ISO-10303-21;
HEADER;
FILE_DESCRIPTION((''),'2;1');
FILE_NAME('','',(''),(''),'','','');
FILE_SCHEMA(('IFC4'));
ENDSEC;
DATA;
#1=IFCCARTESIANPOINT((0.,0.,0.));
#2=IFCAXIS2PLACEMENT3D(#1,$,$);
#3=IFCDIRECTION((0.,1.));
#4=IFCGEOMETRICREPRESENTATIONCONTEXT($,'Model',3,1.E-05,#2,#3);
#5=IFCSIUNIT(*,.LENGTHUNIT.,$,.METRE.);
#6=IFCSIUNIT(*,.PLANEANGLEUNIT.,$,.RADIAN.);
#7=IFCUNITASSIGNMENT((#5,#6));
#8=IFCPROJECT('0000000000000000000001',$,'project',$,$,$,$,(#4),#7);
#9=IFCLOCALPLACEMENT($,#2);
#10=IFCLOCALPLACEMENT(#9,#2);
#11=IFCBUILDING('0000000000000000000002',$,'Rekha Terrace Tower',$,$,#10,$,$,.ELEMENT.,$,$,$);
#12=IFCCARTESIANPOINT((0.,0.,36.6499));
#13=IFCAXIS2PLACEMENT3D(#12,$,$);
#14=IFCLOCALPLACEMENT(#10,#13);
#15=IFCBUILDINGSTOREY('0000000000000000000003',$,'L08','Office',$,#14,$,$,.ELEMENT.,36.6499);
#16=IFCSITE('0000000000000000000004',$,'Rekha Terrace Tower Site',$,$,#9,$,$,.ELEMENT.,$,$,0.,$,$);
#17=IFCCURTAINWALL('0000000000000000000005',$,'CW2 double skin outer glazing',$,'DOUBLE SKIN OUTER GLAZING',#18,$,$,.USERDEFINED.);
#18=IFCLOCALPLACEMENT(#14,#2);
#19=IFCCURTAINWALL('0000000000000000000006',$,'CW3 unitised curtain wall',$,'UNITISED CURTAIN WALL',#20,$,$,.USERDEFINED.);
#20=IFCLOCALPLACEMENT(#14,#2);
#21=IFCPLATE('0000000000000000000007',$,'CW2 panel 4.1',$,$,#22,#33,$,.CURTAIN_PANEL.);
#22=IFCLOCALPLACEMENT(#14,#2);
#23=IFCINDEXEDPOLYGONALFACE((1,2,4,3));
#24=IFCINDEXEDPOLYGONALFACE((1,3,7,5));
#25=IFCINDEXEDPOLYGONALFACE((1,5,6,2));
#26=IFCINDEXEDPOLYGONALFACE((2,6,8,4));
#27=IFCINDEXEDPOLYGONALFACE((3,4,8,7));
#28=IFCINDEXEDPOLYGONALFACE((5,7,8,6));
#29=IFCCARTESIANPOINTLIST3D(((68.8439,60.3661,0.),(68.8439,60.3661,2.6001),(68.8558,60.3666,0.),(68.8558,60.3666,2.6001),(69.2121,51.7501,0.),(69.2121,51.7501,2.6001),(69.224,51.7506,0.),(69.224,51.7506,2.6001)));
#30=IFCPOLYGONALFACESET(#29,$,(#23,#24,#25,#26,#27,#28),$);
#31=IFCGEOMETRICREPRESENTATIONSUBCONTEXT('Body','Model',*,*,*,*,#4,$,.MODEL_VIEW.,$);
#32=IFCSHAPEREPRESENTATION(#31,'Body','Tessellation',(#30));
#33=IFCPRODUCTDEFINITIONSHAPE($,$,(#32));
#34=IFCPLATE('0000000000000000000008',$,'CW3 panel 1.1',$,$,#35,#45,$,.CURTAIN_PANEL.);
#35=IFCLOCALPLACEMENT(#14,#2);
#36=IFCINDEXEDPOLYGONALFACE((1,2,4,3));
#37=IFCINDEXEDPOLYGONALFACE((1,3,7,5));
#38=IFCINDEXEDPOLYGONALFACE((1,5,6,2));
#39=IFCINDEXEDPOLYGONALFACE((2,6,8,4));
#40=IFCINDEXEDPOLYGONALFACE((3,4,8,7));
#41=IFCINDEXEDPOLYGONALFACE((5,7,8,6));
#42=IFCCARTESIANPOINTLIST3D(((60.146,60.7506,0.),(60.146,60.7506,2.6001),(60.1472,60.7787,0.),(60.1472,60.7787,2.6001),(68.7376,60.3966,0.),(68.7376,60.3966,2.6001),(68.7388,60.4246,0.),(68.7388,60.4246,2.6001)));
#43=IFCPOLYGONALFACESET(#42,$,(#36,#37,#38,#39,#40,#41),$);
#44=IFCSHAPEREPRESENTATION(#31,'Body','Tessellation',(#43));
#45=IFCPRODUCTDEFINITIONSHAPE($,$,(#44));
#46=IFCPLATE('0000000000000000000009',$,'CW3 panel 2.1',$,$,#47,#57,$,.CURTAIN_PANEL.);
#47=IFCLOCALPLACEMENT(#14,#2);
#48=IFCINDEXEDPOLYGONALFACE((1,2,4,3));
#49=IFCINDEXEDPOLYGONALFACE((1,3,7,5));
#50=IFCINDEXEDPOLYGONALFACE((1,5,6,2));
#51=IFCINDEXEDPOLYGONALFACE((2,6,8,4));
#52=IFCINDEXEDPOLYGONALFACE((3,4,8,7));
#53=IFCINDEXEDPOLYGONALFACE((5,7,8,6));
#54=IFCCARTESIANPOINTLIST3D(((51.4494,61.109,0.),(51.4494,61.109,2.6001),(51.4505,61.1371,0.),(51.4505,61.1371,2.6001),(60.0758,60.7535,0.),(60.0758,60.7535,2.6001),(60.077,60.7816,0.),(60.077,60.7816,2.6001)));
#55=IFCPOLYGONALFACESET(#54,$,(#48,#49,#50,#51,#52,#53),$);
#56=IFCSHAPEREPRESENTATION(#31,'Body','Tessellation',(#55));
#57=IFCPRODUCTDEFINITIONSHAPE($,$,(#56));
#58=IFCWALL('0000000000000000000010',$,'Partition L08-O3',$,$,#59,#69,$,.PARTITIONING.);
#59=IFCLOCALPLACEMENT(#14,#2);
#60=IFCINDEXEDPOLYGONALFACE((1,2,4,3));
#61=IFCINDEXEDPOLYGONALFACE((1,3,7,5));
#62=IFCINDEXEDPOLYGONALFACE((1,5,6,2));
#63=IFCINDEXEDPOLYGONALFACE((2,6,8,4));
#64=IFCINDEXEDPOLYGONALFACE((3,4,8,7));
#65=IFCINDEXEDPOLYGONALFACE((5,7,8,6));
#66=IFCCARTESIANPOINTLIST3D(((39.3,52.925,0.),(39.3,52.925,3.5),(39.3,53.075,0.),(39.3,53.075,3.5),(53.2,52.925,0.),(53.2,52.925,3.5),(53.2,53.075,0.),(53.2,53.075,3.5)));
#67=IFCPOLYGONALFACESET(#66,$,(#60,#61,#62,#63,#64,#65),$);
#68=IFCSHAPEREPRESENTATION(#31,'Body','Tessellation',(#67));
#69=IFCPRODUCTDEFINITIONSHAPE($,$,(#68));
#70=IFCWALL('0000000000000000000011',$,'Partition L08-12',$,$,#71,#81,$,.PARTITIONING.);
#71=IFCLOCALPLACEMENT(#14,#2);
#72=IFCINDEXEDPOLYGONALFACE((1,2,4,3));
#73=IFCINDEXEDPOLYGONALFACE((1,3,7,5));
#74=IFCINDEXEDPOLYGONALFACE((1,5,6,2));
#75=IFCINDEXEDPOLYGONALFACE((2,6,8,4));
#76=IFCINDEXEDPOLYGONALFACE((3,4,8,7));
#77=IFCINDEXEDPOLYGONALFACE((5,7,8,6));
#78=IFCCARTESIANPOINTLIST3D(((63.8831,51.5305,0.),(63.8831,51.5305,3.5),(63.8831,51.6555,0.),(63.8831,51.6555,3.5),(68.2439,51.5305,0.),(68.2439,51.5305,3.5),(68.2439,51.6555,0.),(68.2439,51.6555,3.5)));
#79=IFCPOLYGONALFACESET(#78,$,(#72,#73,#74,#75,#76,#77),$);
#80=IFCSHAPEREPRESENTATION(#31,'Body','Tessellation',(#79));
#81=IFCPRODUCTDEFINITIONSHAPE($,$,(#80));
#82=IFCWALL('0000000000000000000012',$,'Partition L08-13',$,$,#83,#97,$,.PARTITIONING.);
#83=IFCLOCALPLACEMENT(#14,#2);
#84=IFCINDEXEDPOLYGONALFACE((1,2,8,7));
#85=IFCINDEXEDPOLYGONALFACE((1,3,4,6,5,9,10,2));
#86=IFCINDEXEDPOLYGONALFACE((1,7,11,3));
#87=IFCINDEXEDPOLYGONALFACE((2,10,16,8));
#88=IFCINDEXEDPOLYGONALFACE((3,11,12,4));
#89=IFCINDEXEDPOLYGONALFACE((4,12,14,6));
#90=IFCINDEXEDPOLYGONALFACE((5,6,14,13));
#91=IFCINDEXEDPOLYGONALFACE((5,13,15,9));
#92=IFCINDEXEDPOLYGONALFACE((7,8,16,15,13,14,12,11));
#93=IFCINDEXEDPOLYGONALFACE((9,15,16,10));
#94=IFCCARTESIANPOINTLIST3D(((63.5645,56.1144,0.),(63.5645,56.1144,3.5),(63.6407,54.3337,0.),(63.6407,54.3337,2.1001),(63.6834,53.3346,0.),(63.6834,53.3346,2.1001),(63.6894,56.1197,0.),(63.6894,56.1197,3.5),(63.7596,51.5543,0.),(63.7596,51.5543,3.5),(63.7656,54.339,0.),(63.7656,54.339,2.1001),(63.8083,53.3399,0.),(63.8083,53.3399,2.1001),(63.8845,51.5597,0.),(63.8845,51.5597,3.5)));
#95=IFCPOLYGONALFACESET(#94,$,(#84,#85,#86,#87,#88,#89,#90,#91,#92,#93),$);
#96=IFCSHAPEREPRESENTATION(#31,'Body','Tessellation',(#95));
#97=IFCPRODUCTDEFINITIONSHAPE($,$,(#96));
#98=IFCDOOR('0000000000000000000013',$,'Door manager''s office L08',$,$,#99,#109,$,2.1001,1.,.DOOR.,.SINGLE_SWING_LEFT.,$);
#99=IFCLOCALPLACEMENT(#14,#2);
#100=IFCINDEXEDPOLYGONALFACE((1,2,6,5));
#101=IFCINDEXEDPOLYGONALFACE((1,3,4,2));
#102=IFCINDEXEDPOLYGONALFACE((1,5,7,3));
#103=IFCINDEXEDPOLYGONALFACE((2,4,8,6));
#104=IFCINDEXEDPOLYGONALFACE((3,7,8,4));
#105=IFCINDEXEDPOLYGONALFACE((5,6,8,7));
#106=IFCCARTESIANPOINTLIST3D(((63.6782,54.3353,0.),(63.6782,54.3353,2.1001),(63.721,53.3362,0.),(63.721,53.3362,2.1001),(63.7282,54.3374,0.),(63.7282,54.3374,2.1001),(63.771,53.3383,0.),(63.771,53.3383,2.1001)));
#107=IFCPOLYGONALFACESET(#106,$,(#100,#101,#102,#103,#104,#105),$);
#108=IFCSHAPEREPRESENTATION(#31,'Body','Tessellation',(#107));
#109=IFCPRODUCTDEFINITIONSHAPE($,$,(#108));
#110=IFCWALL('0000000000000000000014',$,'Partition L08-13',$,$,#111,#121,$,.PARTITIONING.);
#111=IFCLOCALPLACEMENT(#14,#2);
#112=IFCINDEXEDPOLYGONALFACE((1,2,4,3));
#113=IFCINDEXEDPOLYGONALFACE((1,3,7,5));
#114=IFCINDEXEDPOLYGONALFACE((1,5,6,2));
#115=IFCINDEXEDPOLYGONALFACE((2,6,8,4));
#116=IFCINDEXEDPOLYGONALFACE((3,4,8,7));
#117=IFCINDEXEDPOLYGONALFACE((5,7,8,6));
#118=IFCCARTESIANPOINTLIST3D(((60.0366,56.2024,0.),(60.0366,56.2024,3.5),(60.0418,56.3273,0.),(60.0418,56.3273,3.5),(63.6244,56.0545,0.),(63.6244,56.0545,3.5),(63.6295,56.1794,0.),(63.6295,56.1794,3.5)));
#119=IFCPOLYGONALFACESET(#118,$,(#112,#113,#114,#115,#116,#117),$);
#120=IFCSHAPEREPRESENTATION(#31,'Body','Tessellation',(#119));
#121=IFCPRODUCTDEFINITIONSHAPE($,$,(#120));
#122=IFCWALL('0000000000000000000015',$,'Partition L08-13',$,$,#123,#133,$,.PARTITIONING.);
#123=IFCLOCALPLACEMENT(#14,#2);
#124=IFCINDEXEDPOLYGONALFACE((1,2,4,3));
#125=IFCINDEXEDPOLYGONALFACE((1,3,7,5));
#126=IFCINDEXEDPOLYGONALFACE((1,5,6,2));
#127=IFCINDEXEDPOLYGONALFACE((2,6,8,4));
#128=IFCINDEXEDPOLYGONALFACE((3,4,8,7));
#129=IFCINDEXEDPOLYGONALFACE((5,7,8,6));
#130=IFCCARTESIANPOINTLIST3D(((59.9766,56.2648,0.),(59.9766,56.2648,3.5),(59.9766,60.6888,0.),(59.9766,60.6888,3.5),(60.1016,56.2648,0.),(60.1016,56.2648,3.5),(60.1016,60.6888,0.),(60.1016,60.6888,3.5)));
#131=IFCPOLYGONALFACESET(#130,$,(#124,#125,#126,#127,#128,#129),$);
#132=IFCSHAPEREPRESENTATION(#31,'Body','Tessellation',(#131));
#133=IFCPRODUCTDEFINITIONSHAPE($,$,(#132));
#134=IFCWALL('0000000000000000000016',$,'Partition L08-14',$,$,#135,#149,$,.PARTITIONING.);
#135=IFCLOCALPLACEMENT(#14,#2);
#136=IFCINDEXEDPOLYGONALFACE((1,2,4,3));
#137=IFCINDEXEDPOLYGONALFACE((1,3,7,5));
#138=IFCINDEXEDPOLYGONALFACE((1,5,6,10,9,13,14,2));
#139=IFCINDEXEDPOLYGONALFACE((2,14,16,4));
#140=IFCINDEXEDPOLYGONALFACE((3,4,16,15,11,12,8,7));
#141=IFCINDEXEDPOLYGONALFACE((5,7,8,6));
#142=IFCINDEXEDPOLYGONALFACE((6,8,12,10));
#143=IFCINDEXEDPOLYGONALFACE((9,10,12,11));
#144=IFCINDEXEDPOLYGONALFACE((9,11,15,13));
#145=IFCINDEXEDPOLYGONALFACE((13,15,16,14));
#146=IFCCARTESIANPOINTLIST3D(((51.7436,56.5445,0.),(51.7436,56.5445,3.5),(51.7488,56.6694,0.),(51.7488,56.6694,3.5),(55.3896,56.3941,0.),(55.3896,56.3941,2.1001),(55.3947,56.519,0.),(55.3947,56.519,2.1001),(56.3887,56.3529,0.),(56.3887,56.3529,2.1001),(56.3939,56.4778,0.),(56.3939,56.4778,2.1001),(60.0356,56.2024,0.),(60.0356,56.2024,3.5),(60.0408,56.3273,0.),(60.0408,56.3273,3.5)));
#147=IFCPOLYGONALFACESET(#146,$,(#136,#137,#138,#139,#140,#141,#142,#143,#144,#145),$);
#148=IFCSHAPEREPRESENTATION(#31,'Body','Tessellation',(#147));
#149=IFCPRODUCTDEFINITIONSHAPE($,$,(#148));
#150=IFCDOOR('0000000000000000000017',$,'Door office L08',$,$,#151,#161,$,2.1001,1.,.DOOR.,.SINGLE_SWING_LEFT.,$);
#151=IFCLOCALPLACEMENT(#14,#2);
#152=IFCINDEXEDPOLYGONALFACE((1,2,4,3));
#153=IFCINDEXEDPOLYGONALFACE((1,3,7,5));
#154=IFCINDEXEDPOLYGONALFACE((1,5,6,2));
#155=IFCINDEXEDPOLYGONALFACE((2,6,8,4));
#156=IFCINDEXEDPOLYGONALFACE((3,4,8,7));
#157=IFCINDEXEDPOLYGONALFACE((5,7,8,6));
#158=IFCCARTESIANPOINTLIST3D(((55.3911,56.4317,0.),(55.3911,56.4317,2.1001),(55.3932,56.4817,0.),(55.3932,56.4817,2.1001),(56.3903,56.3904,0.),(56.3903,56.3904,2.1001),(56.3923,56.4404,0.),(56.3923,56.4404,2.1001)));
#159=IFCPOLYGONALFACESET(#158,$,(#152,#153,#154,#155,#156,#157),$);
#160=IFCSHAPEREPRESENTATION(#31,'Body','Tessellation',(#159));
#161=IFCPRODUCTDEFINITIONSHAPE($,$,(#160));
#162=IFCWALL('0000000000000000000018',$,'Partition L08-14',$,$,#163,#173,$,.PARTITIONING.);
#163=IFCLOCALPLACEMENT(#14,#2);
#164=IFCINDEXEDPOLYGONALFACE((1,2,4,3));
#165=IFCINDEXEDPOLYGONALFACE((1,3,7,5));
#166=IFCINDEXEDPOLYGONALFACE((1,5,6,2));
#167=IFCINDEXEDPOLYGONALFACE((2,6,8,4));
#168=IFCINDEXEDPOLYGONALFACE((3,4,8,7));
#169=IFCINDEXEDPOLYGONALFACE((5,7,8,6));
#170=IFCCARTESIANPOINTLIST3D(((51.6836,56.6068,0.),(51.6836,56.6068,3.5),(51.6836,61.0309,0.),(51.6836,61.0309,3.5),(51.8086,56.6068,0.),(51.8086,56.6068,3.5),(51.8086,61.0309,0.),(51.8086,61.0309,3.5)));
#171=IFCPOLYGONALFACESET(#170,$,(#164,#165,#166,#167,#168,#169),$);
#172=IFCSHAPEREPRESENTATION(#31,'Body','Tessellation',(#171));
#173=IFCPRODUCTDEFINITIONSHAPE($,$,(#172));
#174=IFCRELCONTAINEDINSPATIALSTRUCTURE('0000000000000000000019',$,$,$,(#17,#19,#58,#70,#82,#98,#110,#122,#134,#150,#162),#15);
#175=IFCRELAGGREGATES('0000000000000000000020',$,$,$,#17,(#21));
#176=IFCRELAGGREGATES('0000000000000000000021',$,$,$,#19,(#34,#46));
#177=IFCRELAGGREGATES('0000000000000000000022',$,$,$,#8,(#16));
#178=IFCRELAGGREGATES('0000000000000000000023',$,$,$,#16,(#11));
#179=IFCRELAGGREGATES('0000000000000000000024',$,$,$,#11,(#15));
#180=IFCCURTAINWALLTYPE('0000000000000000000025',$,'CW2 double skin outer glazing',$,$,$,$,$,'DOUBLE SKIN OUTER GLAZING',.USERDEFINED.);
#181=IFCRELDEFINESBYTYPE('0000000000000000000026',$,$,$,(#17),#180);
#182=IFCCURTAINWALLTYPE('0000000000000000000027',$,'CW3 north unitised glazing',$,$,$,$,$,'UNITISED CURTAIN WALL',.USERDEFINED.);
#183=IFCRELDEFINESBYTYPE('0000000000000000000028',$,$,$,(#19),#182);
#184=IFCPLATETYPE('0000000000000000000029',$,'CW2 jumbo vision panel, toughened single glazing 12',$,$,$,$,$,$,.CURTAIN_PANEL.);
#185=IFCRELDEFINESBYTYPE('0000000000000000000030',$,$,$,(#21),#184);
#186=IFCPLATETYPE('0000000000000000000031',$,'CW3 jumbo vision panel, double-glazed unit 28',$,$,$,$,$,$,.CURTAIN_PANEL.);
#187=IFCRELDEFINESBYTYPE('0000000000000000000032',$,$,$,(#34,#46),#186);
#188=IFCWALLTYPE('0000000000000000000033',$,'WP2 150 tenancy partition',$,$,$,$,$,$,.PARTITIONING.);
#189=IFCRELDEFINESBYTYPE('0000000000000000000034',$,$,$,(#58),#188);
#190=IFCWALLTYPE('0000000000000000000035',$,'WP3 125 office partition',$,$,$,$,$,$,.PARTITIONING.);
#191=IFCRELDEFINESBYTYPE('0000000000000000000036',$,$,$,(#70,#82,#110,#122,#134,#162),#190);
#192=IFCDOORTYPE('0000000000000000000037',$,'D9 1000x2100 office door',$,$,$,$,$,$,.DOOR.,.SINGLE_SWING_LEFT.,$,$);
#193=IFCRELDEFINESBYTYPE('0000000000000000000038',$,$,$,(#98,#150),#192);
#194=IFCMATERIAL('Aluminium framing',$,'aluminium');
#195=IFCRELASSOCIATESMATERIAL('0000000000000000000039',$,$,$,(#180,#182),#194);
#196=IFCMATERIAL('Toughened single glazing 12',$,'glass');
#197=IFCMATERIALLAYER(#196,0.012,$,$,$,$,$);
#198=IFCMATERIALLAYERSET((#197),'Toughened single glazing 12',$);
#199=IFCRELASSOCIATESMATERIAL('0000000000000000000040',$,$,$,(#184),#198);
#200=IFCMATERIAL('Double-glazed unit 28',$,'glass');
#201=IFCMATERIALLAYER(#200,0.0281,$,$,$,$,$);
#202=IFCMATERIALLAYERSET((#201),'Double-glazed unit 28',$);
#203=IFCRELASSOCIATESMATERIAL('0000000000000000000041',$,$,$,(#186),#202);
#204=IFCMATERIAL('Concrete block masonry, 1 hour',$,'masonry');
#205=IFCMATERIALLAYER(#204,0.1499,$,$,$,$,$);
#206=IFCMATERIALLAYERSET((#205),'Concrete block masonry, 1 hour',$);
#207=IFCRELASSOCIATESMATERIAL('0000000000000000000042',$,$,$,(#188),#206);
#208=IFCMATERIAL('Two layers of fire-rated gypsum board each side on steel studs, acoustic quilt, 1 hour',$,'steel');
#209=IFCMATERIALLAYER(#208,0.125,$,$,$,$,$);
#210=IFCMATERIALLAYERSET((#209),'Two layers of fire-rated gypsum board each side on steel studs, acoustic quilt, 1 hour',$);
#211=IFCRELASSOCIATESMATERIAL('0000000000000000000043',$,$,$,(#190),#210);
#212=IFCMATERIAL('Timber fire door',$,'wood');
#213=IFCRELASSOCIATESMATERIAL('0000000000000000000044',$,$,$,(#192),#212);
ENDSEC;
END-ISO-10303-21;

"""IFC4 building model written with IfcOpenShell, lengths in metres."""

from ifc_helpers import new_model, si_unit, direction, frame, frame_2d, origin, origin_2d, place, context, subcontext, project, spatial, rectangle, extrude, material, layer, layer_set, type_object, element, fill, aggregate, save


model = new_model("IFC4")

# Units and contexts
model_context = context("Model", 3, precision=1e-05, world=origin(), true_north=direction((0.0, 1.0)))
body_context = subcontext(model_context, "Body", "Model", "MODEL_VIEW")
ifc_project = project(units=[si_unit("LENGTHUNIT", "METRE"), si_unit("PLANEANGLEUNIT", "RADIAN")], contexts=[model_context])

# Site, building, storey
site_placement = place(None, origin())
site = spatial("IfcSite", under=ifc_project, at=site_placement, Name="Rekha Terrace Tower Site", CompositionType="ELEMENT", RefElevation=0.0)
building_placement = place(site_placement, origin())
building = spatial("IfcBuilding", under=site, at=building_placement, Name="Rekha Terrace Tower", CompositionType="ELEMENT")
storey_placement = place(building_placement, frame((0.0, 0.0, 36.6499)))
storey = spatial("IfcBuildingStorey", under=building, at=storey_placement, Name="L08", Description="Office", CompositionType="ELEMENT", Elevation=36.6499)

# Curtain wall
ifc_material_1 = material(Name="Aluminium framing", Category="aluminium")
curtain_wall_type_1 = type_object("IfcCurtainWallType", Name="CW2 double skin outer glazing", ElementType="DOUBLE SKIN OUTER GLAZING", PredefinedType="USERDEFINED", material=ifc_material_1)
curtain_wall_1_placement = place(storey_placement, origin())
curtain_wall_1 = element("IfcCurtainWall", 1, at=curtain_wall_1_placement, inside=storey, type_object=curtain_wall_type_1, Name="CW2 double skin outer glazing", ObjectType="DOUBLE SKIN OUTER GLAZING", PredefinedType="USERDEFINED")

# Curtain wall
curtain_wall_type_2 = type_object("IfcCurtainWallType", Name="CW3 north unitised glazing", ElementType="UNITISED CURTAIN WALL", PredefinedType="USERDEFINED", material=ifc_material_1)
curtain_wall_2_placement = place(storey_placement, origin())
curtain_wall_2 = element("IfcCurtainWall", 2, at=curtain_wall_2_placement, inside=storey, type_object=curtain_wall_type_2, Name="CW3 unitised curtain wall", ObjectType="UNITISED CURTAIN WALL", PredefinedType="USERDEFINED")

# Plates
ifc_material_2 = material(Name="Toughened single glazing 12", Category="glass")
ifc_layer_1 = layer(ifc_material_2, 0.012)
ifc_layer_set_1 = layer_set([ifc_layer_1], Name="Toughened single glazing 12")
plate_type_1 = type_object("IfcPlateType", Name="CW2 jumbo vision panel, toughened single glazing 12", PredefinedType="CURTAIN_PANEL", material=ifc_layer_set_1)
plate_1_placement = place(storey_placement, frame((69.0339, 56.0583, 0.0), z_axis=(0.0, 0.0, 1.0), x_axis=(-0.042696, 0.999088, 0.0)))
plate_1 = element("IfcPlate", 3, at=plate_1_placement, type_object=plate_type_1, Name="CW2 panel 4.1", PredefinedType="CURTAIN_PANEL", context=body_context, shape_type="SweptSolid", body=[
    extrude(rectangle(XDim=8.6238, YDim=0.012, at=origin_2d()), origin(), (0.0, 0.0, 1.0), 2.6001),
])
aggregate(curtain_wall_1, [plate_1])
ifc_material_3 = material(Name="Double-glazed unit 28", Category="glass")
ifc_layer_2 = layer(ifc_material_3, 0.0281)
ifc_layer_set_2 = layer_set([ifc_layer_2], Name="Double-glazed unit 28")
plate_type_2 = type_object("IfcPlateType", Name="CW3 jumbo vision panel, double-glazed unit 28", PredefinedType="CURTAIN_PANEL", material=ifc_layer_set_2)
plate_2_placement = place(storey_placement, frame((64.4424, 60.5876, 0.0), z_axis=(0.0, 0.0, 1.0), x_axis=(-0.999152, 0.041174, 0.0)))
plate_2 = element("IfcPlate", 4, at=plate_2_placement, type_object=plate_type_2, Name="CW3 panel 1.1", PredefinedType="CURTAIN_PANEL", context=body_context, shape_type="SweptSolid", body=[
    extrude(rectangle(XDim=8.5989, YDim=0.0281, at=origin_2d()), origin(), (0.0, 0.0, 1.0), 2.6001),
])
plate_3_placement = place(storey_placement, frame((55.7632, 60.9453, 0.0), z_axis=(0.0, 0.0, 1.0), x_axis=(-0.999152, 0.041174, 0.0)))
plate_3 = element("IfcPlate", 5, at=plate_3_placement, type_object=plate_type_2, Name="CW3 panel 2.1", PredefinedType="CURTAIN_PANEL", context=body_context, shape_type="SweptSolid", body=[
    extrude(rectangle(XDim=8.6338, YDim=0.0281, at=origin_2d()), origin(), (0.0, 0.0, 1.0), 2.6001),
])
aggregate(curtain_wall_2, [plate_2, plate_3])

# Walls
ifc_material_4 = material(Name="Concrete block masonry, 1 hour", Category="masonry")
ifc_layer_3 = layer(ifc_material_4, 0.1499)
ifc_layer_set_3 = layer_set([ifc_layer_3], Name="Concrete block masonry, 1 hour")
wall_type_1 = type_object("IfcWallType", Name="WP2 150 tenancy partition", PredefinedType="PARTITIONING", material=ifc_layer_set_3)
wall_1_placement = place(storey_placement, frame((53.2, 53.0, 0.0), z_axis=(0.0, 0.0, 1.0), x_axis=(-1.0, 0.0, 0.0)))
element("IfcWall", 6, at=wall_1_placement, inside=storey, type_object=wall_type_1, Name="Partition L08-O3", PredefinedType="PARTITIONING", context=body_context, shape_type="SweptSolid", body=[
    extrude(rectangle(XDim=13.8999, YDim=0.1499, at=frame_2d((6.95, 0.0))), origin(), (0.0, 0.0, 1.0), 3.5),
])
ifc_material_5 = material(Name="Two layers of fire-rated gypsum board each side on steel studs, acoustic quilt, 1 hour", Category="steel")
ifc_layer_4 = layer(ifc_material_5, 0.125)
ifc_layer_set_4 = layer_set([ifc_layer_4], Name="Two layers of fire-rated gypsum board each side on steel studs, acoustic quilt, 1 hour")
wall_type_2 = type_object("IfcWallType", Name="WP3 125 office partition", PredefinedType="PARTITIONING", material=ifc_layer_set_4)
wall_2_placement = place(storey_placement, frame((63.8831, 51.593, 0.0), z_axis=(0.0, 0.0, 1.0), x_axis=(1.0, 0.0, 0.0)))
element("IfcWall", 7, at=wall_2_placement, inside=storey, type_object=wall_type_2, Name="Partition L08-12", PredefinedType="PARTITIONING", context=body_context, shape_type="SweptSolid", body=[
    extrude(rectangle(XDim=4.3608, YDim=0.125, at=frame_2d((2.1804, 0.0))), origin(), (0.0, 0.0, 1.0), 3.5),
])

# Wall, opening, door
wall_3_placement = place(storey_placement, frame((63.822, 51.5569, 0.0), z_axis=(0.0, 0.0, 1.0), x_axis=(-0.042739, 0.999086, 0.0)))
wall_3 = element("IfcWall", 8, at=wall_3_placement, inside=storey, type_object=wall_type_2, Name="Partition L08-13", PredefinedType="PARTITIONING", context=body_context, shape_type="SweptSolid", body=[
    extrude(rectangle(XDim=4.5642, YDim=0.125, at=frame_2d((2.2822, 0.0))), origin(), (0.0, 0.0, 1.0), 3.5),
])
opening_1_placement = place(wall_3_placement, frame((1.782, 0.0, 0.0)))
opening_1 = element("IfcOpeningElement", 9, at=opening_1_placement, cuts=wall_3, PredefinedType="OPENING", context=body_context, shape_type="SweptSolid", body=[
    extrude(rectangle(XDim=1.0, YDim=2.1001, at=frame_2d((0.5, 1.05))), frame((0.0, 0.0725, 0.0), z_axis=(0.0, -1.0, 0.0), x_axis=(1.0, 0.0, 0.0)), (0.0, 0.0, 1.0), 0.145),
])
ifc_material_6 = material(Name="Timber fire door", Category="wood")
door_type = type_object("IfcDoorType", Name="D9 1000x2100 office door", OperationType="SINGLE_SWING_LEFT", PredefinedType="DOOR", material=ifc_material_6)
door_1_placement = place(opening_1_placement, origin())
door_1 = element("IfcDoor", 10, at=door_1_placement, inside=storey, type_object=door_type, Name="Door manager's office L08", OperationType="SINGLE_SWING_LEFT", OverallHeight=2.1001, OverallWidth=1.0, PredefinedType="DOOR", context=body_context, shape_type="SweptSolid", body=[
    extrude(rectangle(XDim=1.0, YDim=2.1001, at=frame_2d((0.5, 1.05))), frame((0.0, 0.0249, 0.0), z_axis=(0.0, -1.0, 0.0), x_axis=(1.0, 0.0, 0.0)), (0.0, 0.0, 1.0), 0.05),
])
fill(opening_1, door_1)

# Walls
wall_4_placement = place(storey_placement, frame((63.627, 56.1169, 0.0), z_axis=(0.0, 0.0, 1.0), x_axis=(-0.999151, 0.041201, 0.0)))
element("IfcWall", 11, at=wall_4_placement, inside=storey, type_object=wall_type_2, Name="Partition L08-13", PredefinedType="PARTITIONING", context=body_context, shape_type="SweptSolid", body=[
    extrude(rectangle(XDim=3.5908, YDim=0.125, at=frame_2d((1.7954, 0.0))), origin(), (0.0, 0.0, 1.0), 3.5),
])
wall_5_placement = place(storey_placement, frame((60.0391, 56.2649, 0.0), z_axis=(0.0, 0.0, 1.0), x_axis=(0.0, 1.0, 0.0)))
element("IfcWall", 12, at=wall_5_placement, inside=storey, type_object=wall_type_2, Name="Partition L08-13", PredefinedType="PARTITIONING", context=body_context, shape_type="SweptSolid", body=[
    extrude(rectangle(XDim=4.4241, YDim=0.125, at=frame_2d((2.2119, 0.0))), origin(), (0.0, 0.0, 1.0), 3.5),
])

# Wall, opening, door
wall_6_placement = place(storey_placement, frame((60.0381, 56.2649, 0.0), z_axis=(0.0, 0.0, 1.0), x_axis=(-0.99915, 0.041215, 0.0)))
wall_6 = element("IfcWall", 13, at=wall_6_placement, inside=storey, type_object=wall_type_2, Name="Partition L08-14", PredefinedType="PARTITIONING", context=body_context, shape_type="SweptSolid", body=[
    extrude(rectangle(XDim=8.2991, YDim=0.125, at=frame_2d((4.1494, 0.0))), origin(), (0.0, 0.0, 1.0), 3.5),
])
opening_2_placement = place(wall_6_placement, frame((3.6499, 0.0, 0.0)))
opening_2 = element("IfcOpeningElement", 14, at=opening_2_placement, cuts=wall_6, PredefinedType="OPENING", context=body_context, shape_type="SweptSolid", body=[
    extrude(rectangle(XDim=1.0, YDim=2.1001, at=frame_2d((0.5, 1.05))), frame((0.0, 0.0725, 0.0), z_axis=(0.0, -1.0, 0.0), x_axis=(1.0, 0.0, 0.0)), (0.0, 0.0, 1.0), 0.145),
])
door_2_placement = place(opening_2_placement, origin())
door_2 = element("IfcDoor", 15, at=door_2_placement, inside=storey, type_object=door_type, Name="Door office L08", OperationType="SINGLE_SWING_LEFT", OverallHeight=2.1001, OverallWidth=1.0, PredefinedType="DOOR", context=body_context, shape_type="SweptSolid", body=[
    extrude(rectangle(XDim=1.0, YDim=2.1001, at=frame_2d((0.5, 1.05))), frame((0.0, 0.0249, 0.0), z_axis=(0.0, -1.0, 0.0), x_axis=(1.0, 0.0, 0.0)), (0.0, 0.0, 1.0), 0.05),
])
fill(opening_2, door_2)

# Wall
wall_7_placement = place(storey_placement, frame((51.7461, 56.6069, 0.0), z_axis=(0.0, 0.0, 1.0), x_axis=(0.0, 1.0, 0.0)))
element("IfcWall", 16, at=wall_7_placement, inside=storey, type_object=wall_type_2, Name="Partition L08-14", PredefinedType="PARTITIONING", context=body_context, shape_type="SweptSolid", body=[
    extrude(rectangle(XDim=4.4241, YDim=0.125, at=frame_2d((2.2119, 0.0))), origin(), (0.0, 0.0, 1.0), 3.5),
])

save(model, "model.ifc")
